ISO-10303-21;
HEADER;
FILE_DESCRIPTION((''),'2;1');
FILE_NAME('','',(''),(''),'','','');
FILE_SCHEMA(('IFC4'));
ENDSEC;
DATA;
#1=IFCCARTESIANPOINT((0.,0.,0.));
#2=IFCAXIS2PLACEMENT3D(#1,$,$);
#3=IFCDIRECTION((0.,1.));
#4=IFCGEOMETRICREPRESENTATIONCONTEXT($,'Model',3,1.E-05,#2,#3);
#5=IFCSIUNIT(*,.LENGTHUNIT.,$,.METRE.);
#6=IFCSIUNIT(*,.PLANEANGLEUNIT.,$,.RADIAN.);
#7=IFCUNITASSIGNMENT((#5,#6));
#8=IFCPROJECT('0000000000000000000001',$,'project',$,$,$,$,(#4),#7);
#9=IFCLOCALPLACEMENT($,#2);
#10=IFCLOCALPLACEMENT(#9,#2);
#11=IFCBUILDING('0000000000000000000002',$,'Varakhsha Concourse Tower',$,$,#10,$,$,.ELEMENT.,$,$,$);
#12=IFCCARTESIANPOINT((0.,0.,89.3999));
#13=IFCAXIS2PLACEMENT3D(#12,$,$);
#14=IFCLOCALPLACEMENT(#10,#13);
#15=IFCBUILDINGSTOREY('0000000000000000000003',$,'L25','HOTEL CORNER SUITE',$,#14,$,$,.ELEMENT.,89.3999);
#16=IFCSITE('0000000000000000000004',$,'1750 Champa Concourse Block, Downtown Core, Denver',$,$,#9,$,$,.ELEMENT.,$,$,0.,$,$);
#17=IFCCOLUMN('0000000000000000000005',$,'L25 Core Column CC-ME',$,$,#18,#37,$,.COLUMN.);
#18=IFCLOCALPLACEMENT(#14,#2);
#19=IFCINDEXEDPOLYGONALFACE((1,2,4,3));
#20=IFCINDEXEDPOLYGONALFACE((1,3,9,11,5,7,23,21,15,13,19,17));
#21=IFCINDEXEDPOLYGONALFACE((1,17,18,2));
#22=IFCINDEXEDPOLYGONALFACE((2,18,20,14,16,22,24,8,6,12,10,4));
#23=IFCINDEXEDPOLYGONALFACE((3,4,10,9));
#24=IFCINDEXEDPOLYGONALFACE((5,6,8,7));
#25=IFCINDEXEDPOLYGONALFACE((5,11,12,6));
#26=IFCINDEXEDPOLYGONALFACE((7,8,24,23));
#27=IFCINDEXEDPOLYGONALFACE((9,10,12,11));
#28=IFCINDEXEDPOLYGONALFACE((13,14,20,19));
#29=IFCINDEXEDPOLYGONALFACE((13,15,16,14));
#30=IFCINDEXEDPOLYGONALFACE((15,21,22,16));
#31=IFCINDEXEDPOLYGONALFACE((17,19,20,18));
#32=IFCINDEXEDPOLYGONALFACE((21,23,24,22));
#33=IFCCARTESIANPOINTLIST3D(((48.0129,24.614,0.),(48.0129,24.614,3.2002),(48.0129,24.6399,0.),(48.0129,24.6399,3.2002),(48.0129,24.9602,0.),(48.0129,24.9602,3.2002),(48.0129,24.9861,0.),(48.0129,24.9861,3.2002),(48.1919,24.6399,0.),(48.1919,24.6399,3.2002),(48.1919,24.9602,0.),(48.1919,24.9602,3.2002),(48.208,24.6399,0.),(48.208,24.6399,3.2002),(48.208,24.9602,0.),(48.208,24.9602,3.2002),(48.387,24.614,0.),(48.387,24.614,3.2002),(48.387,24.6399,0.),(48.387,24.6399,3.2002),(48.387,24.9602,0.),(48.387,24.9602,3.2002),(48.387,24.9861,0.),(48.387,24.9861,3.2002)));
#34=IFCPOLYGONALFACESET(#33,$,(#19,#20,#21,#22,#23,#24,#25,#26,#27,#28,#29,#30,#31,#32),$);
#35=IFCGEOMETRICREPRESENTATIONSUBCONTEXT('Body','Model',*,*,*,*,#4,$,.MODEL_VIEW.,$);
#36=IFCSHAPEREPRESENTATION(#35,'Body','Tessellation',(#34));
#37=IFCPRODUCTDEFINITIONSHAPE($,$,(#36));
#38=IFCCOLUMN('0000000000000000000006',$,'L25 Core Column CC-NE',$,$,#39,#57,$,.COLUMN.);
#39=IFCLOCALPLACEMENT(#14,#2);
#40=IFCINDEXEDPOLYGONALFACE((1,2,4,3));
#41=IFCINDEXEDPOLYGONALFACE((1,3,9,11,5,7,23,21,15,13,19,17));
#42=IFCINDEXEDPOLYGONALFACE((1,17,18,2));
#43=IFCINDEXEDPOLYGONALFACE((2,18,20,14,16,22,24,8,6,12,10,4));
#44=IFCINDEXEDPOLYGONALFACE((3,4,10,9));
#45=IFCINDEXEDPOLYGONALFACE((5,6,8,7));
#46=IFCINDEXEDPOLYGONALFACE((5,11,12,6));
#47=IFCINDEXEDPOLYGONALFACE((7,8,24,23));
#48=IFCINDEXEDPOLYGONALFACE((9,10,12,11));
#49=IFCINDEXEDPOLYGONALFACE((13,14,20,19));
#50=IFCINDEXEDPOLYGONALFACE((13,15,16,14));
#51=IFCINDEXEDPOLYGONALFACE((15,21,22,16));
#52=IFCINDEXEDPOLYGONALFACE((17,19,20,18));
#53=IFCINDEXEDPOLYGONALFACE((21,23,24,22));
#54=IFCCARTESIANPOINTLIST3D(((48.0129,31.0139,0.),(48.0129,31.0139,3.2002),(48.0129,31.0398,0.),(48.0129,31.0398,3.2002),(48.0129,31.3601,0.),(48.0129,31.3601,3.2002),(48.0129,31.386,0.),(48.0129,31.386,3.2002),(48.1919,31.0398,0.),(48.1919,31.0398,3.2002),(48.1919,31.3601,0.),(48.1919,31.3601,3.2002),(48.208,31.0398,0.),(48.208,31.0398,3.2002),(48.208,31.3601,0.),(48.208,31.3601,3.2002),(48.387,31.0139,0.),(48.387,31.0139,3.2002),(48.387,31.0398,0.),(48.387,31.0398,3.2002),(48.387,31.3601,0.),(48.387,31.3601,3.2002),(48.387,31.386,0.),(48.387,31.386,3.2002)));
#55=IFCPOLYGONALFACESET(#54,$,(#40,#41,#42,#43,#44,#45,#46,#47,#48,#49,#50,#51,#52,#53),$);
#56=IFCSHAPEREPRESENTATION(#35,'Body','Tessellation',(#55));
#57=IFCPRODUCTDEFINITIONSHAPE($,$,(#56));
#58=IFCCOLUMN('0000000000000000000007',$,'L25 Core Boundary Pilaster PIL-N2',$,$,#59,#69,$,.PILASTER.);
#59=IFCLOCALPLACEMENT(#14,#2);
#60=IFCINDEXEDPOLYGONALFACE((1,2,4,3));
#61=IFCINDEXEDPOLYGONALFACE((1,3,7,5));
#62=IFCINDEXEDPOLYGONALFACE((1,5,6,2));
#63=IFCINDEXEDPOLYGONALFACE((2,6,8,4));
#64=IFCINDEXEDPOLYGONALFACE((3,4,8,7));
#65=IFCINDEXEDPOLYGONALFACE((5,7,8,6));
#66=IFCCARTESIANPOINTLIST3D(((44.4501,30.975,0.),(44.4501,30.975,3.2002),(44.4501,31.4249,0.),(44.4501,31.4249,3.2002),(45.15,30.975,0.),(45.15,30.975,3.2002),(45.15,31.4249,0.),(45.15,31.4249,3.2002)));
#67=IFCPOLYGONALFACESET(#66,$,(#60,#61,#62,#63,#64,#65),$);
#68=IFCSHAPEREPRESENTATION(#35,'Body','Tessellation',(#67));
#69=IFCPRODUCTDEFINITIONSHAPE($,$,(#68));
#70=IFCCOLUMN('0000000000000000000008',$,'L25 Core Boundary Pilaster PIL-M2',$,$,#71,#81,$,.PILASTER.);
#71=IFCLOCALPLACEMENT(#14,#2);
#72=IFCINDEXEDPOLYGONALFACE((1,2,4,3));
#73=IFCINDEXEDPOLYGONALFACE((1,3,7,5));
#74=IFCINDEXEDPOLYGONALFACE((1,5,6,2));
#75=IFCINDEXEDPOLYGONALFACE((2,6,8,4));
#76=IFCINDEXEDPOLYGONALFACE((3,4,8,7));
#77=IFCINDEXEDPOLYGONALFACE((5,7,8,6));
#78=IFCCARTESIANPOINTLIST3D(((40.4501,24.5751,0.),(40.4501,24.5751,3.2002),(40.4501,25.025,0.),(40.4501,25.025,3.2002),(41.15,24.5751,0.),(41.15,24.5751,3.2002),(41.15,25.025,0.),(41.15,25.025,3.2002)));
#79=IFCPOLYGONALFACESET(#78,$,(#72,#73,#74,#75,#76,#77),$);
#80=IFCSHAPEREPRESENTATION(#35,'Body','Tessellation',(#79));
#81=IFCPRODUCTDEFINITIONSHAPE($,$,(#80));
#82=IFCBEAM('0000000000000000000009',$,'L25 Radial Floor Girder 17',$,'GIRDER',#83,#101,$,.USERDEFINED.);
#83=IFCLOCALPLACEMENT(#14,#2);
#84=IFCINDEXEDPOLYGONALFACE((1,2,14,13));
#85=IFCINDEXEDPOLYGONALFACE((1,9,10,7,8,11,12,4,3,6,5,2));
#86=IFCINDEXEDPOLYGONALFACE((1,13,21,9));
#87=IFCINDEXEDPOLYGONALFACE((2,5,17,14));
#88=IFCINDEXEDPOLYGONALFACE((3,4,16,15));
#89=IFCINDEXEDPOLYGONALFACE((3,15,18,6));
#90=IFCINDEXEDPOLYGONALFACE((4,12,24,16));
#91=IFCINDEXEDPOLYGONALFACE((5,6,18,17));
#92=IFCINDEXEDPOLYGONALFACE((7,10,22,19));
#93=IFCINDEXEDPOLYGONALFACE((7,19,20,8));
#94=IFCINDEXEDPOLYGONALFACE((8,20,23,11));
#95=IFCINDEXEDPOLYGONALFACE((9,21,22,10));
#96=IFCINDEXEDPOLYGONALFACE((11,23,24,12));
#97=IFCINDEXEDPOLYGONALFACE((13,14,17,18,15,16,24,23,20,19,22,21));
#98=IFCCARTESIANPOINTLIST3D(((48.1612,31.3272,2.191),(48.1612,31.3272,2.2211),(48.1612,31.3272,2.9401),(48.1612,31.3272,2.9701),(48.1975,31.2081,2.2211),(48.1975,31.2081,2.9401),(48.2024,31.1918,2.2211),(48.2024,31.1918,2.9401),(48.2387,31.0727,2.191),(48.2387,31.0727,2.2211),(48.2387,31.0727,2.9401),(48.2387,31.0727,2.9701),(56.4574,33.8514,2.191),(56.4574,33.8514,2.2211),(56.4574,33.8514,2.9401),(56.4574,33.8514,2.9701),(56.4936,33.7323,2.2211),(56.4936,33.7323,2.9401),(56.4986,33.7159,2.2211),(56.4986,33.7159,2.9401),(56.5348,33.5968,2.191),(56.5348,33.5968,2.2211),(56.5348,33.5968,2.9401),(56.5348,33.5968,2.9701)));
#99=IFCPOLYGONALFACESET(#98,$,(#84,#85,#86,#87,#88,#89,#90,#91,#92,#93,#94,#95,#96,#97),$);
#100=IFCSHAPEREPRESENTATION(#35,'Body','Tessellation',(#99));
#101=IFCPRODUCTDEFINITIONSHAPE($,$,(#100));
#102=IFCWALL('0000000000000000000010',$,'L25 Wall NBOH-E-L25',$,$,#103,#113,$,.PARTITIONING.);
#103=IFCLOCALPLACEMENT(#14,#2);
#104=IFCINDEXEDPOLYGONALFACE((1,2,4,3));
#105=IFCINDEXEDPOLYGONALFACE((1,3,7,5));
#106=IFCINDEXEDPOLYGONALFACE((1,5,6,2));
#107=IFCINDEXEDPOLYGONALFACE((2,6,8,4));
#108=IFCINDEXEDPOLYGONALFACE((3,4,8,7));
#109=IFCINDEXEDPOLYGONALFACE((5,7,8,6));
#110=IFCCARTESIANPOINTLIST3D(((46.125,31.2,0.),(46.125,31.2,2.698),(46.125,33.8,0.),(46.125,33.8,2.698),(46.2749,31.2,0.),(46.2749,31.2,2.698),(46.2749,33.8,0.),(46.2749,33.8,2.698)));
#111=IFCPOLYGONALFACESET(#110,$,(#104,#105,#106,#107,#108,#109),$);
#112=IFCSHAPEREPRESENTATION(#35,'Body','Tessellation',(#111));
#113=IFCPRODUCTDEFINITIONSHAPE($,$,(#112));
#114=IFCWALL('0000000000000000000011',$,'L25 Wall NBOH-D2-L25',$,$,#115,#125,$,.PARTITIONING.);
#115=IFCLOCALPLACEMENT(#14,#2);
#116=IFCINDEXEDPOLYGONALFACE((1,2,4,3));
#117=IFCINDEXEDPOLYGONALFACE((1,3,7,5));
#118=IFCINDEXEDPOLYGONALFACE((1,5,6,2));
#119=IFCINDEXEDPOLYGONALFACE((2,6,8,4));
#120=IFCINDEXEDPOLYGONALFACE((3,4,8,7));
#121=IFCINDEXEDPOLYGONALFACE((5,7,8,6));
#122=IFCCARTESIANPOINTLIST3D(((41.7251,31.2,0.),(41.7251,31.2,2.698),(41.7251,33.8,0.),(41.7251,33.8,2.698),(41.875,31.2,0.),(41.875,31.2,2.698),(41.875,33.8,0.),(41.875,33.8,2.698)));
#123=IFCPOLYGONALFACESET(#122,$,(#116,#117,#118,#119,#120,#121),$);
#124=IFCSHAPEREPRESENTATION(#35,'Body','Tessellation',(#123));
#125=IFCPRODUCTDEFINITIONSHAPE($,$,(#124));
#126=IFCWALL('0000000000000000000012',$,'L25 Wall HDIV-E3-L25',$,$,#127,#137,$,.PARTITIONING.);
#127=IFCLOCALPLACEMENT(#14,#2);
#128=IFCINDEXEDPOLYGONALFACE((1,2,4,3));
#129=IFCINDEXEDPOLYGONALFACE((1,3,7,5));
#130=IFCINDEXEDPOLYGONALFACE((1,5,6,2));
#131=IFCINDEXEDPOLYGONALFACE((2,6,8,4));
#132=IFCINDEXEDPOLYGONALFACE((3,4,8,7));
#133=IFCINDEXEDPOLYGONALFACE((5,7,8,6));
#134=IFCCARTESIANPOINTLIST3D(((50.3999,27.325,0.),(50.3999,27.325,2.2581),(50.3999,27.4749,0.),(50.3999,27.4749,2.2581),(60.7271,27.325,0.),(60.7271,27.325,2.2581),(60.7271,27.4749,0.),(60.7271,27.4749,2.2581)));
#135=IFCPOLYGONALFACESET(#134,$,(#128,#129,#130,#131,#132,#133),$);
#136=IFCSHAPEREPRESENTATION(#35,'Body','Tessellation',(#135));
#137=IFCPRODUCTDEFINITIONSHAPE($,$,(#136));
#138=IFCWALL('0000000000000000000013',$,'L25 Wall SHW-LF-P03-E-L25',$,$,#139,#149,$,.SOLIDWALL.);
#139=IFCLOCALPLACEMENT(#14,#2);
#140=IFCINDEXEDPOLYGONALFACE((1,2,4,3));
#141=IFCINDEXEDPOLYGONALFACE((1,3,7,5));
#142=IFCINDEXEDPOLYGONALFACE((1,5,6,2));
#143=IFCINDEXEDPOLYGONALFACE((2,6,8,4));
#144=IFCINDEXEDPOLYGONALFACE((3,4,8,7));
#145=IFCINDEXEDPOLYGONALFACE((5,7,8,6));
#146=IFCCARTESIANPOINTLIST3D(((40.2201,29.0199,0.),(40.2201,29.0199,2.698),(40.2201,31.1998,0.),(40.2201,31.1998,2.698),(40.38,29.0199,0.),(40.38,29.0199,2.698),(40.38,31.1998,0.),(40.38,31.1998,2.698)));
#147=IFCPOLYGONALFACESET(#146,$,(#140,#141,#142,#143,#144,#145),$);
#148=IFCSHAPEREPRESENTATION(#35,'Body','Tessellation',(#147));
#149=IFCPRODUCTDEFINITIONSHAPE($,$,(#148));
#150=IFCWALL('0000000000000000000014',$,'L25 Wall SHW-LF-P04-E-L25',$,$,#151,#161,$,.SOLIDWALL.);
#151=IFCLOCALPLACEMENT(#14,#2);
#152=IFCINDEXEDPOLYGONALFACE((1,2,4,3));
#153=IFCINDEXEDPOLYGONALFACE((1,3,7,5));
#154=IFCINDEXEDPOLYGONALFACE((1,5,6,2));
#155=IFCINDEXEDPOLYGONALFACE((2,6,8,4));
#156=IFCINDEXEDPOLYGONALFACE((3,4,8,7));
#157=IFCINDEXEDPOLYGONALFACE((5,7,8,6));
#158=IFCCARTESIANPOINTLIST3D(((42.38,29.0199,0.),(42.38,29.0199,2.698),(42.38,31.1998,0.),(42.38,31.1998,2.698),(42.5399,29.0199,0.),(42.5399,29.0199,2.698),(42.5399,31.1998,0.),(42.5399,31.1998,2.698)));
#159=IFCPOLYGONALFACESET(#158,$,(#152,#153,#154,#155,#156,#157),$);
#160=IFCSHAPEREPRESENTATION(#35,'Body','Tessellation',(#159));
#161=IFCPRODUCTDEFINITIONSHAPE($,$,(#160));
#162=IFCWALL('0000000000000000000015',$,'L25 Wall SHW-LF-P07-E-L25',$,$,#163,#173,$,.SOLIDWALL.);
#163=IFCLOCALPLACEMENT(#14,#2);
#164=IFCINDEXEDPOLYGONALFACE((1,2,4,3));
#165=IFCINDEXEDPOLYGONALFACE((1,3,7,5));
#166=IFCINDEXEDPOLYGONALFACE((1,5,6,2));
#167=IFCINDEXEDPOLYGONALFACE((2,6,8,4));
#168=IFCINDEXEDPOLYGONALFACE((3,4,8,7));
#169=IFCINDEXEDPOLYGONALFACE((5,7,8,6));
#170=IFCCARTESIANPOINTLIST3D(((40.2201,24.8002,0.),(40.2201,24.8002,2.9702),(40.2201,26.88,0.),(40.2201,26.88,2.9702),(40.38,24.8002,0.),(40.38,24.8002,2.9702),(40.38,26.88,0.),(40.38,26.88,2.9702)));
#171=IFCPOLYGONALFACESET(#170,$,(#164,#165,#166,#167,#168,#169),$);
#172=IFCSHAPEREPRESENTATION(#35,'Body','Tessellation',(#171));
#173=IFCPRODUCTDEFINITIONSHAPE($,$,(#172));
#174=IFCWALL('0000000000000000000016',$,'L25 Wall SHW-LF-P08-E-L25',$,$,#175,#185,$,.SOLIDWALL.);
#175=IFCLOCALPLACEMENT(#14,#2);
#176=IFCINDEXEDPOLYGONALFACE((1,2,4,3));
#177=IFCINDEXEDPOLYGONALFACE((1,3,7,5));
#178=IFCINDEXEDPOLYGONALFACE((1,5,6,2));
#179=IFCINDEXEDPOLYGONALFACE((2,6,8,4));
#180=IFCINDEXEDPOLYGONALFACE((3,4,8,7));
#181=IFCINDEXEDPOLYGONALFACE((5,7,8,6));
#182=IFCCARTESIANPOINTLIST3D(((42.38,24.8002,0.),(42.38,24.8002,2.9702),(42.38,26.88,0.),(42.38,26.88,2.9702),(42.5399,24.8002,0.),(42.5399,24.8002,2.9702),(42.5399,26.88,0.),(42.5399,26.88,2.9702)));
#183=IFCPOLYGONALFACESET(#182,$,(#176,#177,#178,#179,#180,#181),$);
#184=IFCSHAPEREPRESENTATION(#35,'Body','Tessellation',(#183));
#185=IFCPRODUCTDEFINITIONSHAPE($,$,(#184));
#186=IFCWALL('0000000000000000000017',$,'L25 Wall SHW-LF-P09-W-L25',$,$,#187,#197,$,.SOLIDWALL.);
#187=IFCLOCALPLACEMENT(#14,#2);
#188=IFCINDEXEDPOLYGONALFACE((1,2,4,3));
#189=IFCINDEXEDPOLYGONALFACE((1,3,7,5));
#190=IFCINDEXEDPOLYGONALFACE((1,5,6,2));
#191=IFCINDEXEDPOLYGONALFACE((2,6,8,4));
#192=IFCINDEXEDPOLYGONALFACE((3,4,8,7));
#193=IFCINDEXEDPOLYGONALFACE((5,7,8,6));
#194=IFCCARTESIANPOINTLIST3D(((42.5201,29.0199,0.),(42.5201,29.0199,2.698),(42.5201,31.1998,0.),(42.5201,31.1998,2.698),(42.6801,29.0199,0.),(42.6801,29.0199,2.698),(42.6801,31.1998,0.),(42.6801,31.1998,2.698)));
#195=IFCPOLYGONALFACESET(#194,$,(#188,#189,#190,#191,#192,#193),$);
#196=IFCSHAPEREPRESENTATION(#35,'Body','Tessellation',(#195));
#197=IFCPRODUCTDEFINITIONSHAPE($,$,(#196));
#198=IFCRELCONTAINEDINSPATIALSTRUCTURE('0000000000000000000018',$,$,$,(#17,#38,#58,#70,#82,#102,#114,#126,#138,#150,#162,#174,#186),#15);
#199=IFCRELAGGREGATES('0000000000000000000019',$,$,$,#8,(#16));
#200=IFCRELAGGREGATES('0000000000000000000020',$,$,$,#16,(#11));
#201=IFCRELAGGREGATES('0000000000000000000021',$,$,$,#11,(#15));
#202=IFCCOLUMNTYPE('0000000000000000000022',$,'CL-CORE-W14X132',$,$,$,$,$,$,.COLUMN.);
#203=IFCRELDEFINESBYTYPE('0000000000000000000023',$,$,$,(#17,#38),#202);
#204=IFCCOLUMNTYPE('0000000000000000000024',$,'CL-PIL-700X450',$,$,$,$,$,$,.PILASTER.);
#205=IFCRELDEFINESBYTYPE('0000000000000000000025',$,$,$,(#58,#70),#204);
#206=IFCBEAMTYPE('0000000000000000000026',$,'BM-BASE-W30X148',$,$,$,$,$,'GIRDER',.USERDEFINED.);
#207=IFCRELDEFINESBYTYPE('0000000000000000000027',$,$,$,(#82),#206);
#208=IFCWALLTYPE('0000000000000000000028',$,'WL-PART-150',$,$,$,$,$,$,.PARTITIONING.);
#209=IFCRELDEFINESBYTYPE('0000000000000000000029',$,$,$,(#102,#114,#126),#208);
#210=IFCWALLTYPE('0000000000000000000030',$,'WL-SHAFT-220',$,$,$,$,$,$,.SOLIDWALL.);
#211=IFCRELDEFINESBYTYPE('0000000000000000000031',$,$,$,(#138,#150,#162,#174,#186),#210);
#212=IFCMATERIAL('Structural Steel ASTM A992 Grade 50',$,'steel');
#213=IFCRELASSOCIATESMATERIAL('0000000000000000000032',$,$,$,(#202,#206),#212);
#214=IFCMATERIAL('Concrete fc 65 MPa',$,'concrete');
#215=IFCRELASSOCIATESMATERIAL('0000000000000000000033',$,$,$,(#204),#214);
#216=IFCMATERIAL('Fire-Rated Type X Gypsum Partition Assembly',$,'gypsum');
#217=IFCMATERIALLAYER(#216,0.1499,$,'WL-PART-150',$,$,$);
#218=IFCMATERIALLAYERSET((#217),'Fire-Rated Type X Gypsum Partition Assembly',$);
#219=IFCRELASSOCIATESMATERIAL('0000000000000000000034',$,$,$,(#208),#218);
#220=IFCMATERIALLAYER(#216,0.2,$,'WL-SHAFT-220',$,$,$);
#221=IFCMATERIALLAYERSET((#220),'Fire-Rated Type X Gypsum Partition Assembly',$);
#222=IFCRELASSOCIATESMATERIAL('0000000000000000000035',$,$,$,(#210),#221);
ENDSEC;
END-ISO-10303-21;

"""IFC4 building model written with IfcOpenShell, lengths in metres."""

from ifc_helpers import new_model, si_unit, direction, frame, frame_2d, origin, origin_2d, place, context, subcontext, project, spatial, rectangle, i_section, extrude, material, layer, layer_set, material_profile, profile_set, type_object, element, save


model = new_model("IFC4")

# Units and contexts
model_context = context("Model", 3, precision=1e-05, world=origin(), true_north=direction((0.0, 1.0)))
body_context = subcontext(model_context, "Body", "Model", "MODEL_VIEW")
ifc_project = project(units=[si_unit("LENGTHUNIT", "METRE"), si_unit("PLANEANGLEUNIT", "RADIAN")], contexts=[model_context])

# Site, building, storey
site_placement = place(None, origin())
site = spatial("IfcSite", under=ifc_project, at=site_placement, Name="1750 Champa Concourse Block, Downtown Core, Denver", CompositionType="ELEMENT", RefElevation=0.0)
building_placement = place(site_placement, origin())
building = spatial("IfcBuilding", under=site, at=building_placement, Name="Varakhsha Concourse Tower", CompositionType="ELEMENT")
storey_placement = place(building_placement, frame((0.0, 0.0, 89.3999)))
storey = spatial("IfcBuildingStorey", under=building, at=storey_placement, Name="L25", Description="HOTEL CORNER SUITE", CompositionType="ELEMENT", Elevation=89.3999)

# Columns
ifc_material_1 = material(Name="Structural Steel ASTM A992 Grade 50", Category="steel")
ifc_material_profile_1 = material_profile(ifc_material_1, i_section(OverallWidth=0.374, OverallDepth=0.3721, WebThickness=0.0161, FlangeThickness=0.0259, at=origin_2d()), Name="W14X132")
ifc_profile_set_1 = profile_set([ifc_material_profile_1], Name="Structural Steel ASTM A992 Grade 50")
column_type_1 = type_object("IfcColumnType", Name="CL-CORE-W14X132", PredefinedType="COLUMN", material=ifc_profile_set_1)
for number, where, z_axis, x_axis, name in (
    (1, (48.2, 24.8, 0.0), (0.0, 0.0, 1.0), (1.0, 0.0, 0.0), "L25 Core Column CC-ME"),
    (2, (48.2, 31.2, 0.0), (0.0, 0.0, 1.0), (1.0, 0.0, 0.0), "L25 Core Column CC-NE"),
):
    element("IfcColumn", number, at=place(storey_placement, frame(where, z_axis=z_axis, x_axis=x_axis)), inside=storey, type_object=column_type_1, Name=name, PredefinedType="COLUMN", context=body_context, shape_type="SweptSolid", body=[
        extrude(i_section(OverallWidth=0.374, OverallDepth=0.3721, WebThickness=0.0161, FlangeThickness=0.0259, at=origin_2d()), origin(), (0.0, 0.0, 1.0), 3.2002),
    ])
ifc_material_2 = material(Name="Concrete fc 65 MPa", Category="concrete")
ifc_material_profile_2 = material_profile(ifc_material_2, rectangle(XDim=0.7, YDim=0.45, at=origin_2d()), Name="RC 700x450")
ifc_profile_set_2 = profile_set([ifc_material_profile_2], Name="Concrete fc 65 MPa")
column_type_2 = type_object("IfcColumnType", Name="CL-PIL-700X450", PredefinedType="PILASTER", material=ifc_profile_set_2)
for number, where, z_axis, x_axis, name in (
    (3, (44.8, 31.2, 0.0), (0.0, 0.0, 1.0), (1.0, 0.0, 0.0), "L25 Core Boundary Pilaster PIL-N2"),
    (4, (40.8, 24.8, 0.0), (0.0, 0.0, 1.0), (1.0, 0.0, 0.0), "L25 Core Boundary Pilaster PIL-M2"),
):
    element("IfcColumn", number, at=place(storey_placement, frame(where, z_axis=z_axis, x_axis=x_axis)), inside=storey, type_object=column_type_2, Name=name, PredefinedType="PILASTER", context=body_context, shape_type="SweptSolid", body=[
        extrude(rectangle(XDim=0.7, YDim=0.45, at=origin_2d()), origin(), (0.0, 0.0, 1.0), 3.2002),
    ])

# Beam
ifc_material_profile_3 = material_profile(ifc_material_1, i_section(OverallWidth=0.2661, OverallDepth=0.7791, WebThickness=0.0171, FlangeThickness=0.03, at=origin_2d()), Name="W30X148")
ifc_profile_set_3 = profile_set([ifc_material_profile_3], Name="Structural Steel ASTM A992 Grade 50")
beam_type = type_object("IfcBeamType", Name="BM-BASE-W30X148", ElementType="GIRDER", PredefinedType="USERDEFINED", material=ifc_profile_set_3)
beam_placement = place(storey_placement, frame((48.2, 31.2, 2.5806), z_axis=(0.956698, 0.291083, 0.0), x_axis=(-0.291083, 0.956698, 0.0)))
element("IfcBeam", 5, at=beam_placement, inside=storey, type_object=beam_type, Name="L25 Radial Floor Girder 17", ObjectType="GIRDER", PredefinedType="USERDEFINED", context=body_context, shape_type="SweptSolid", body=[
    extrude(i_section(OverallWidth=0.2661, OverallDepth=0.7791, WebThickness=0.0171, FlangeThickness=0.03, at=origin_2d()), origin(), (0.0, 0.0, 1.0), 8.6716),
])

# Walls
ifc_material_3 = material(Name="Fire-Rated Type X Gypsum Partition Assembly", Category="gypsum")
ifc_layer_1 = layer(ifc_material_3, 0.1499, Name="WL-PART-150")
ifc_layer_set_1 = layer_set([ifc_layer_1], Name="Fire-Rated Type X Gypsum Partition Assembly")
wall_type_1 = type_object("IfcWallType", Name="WL-PART-150", PredefinedType="PARTITIONING", material=ifc_layer_set_1)
for number, where, z_axis, x_axis, name in (
    (6, (46.2, 31.2, 0.0), (0.0, 0.0, 1.0), (0.0, 1.0, 0.0), "L25 Wall NBOH-E-L25"),
    (7, (41.8, 31.2, 0.0), (0.0, 0.0, 1.0), (0.0, 1.0, 0.0), "L25 Wall NBOH-D2-L25"),
):
    element("IfcWall", number, at=place(storey_placement, frame(where, z_axis=z_axis, x_axis=x_axis)), inside=storey, type_object=wall_type_1, Name=name, PredefinedType="PARTITIONING", context=body_context, shape_type="SweptSolid", body=[
        extrude(rectangle(XDim=2.6001, YDim=0.1499, at=frame_2d((1.3, 0.0))), origin(), (0.0, 0.0, 1.0), 2.698),
    ])
wall_1_placement = place(storey_placement, frame((50.3999, 27.3999, 0.0), z_axis=(0.0, 0.0, 1.0), x_axis=(1.0, 0.0, 0.0)))
element("IfcWall", 8, at=wall_1_placement, inside=storey, type_object=wall_type_1, Name="L25 Wall HDIV-E3-L25", PredefinedType="PARTITIONING", context=body_context, shape_type="SweptSolid", body=[
    extrude(rectangle(XDim=10.3271, YDim=0.1499, at=frame_2d((5.1636, 0.0))), origin(), (0.0, 0.0, 1.0), 2.2581),
])
ifc_layer_2 = layer(ifc_material_3, 0.2, Name="WL-SHAFT-220")
ifc_layer_set_2 = layer_set([ifc_layer_2], Name="Fire-Rated Type X Gypsum Partition Assembly")
wall_type_2 = type_object("IfcWallType", Name="WL-SHAFT-220", PredefinedType="SOLIDWALL", material=ifc_layer_set_2)
for number, where, z_axis, x_axis, name in (
    (9, (40.3, 29.02, 0.0), (0.0, 0.0, 1.0), (0.0, 1.0, 0.0), "L25 Wall SHW-LF-P03-E-L25"),
    (10, (42.46, 29.02, 0.0), (0.0, 0.0, 1.0), (0.0, 1.0, 0.0), "L25 Wall SHW-LF-P04-E-L25"),
):
    element("IfcWall", number, at=place(storey_placement, frame(where, z_axis=z_axis, x_axis=x_axis)), inside=storey, type_object=wall_type_2, Name=name, PredefinedType="SOLIDWALL", context=body_context, shape_type="SweptSolid", body=[
        extrude(rectangle(XDim=2.1799, YDim=0.1599, at=frame_2d((1.0898, 0.0))), origin(), (0.0, 0.0, 1.0), 2.698),
    ])
for number, where, z_axis, x_axis, name in (
    (11, (40.3, 24.8, 0.0), (0.0, 0.0, 1.0), (0.0, 1.0, 0.0), "L25 Wall SHW-LF-P07-E-L25"),
    (12, (42.46, 24.8, 0.0), (0.0, 0.0, 1.0), (0.0, 1.0, 0.0), "L25 Wall SHW-LF-P08-E-L25"),
):
    element("IfcWall", number, at=place(storey_placement, frame(where, z_axis=z_axis, x_axis=x_axis)), inside=storey, type_object=wall_type_2, Name=name, PredefinedType="SOLIDWALL", context=body_context, shape_type="SweptSolid", body=[
        extrude(rectangle(XDim=2.0798, YDim=0.1599, at=frame_2d((1.04, 0.0))), origin(), (0.0, 0.0, 1.0), 2.9702),
    ])
for number, where, z_axis, x_axis, name in (
    (13, (42.6001, 29.02, 0.0), (0.0, 0.0, 1.0), (0.0, 1.0, 0.0), "L25 Wall SHW-LF-P09-W-L25"),
):
    element("IfcWall", number, at=place(storey_placement, frame(where, z_axis=z_axis, x_axis=x_axis)), inside=storey, type_object=wall_type_2, Name=name, PredefinedType="SOLIDWALL", context=body_context, shape_type="SweptSolid", body=[
        extrude(rectangle(XDim=2.1799, YDim=0.1599, at=frame_2d((1.0898, 0.0))), origin(), (0.0, 0.0, 1.0), 2.698),
    ])

save(model, "model.ifc")
